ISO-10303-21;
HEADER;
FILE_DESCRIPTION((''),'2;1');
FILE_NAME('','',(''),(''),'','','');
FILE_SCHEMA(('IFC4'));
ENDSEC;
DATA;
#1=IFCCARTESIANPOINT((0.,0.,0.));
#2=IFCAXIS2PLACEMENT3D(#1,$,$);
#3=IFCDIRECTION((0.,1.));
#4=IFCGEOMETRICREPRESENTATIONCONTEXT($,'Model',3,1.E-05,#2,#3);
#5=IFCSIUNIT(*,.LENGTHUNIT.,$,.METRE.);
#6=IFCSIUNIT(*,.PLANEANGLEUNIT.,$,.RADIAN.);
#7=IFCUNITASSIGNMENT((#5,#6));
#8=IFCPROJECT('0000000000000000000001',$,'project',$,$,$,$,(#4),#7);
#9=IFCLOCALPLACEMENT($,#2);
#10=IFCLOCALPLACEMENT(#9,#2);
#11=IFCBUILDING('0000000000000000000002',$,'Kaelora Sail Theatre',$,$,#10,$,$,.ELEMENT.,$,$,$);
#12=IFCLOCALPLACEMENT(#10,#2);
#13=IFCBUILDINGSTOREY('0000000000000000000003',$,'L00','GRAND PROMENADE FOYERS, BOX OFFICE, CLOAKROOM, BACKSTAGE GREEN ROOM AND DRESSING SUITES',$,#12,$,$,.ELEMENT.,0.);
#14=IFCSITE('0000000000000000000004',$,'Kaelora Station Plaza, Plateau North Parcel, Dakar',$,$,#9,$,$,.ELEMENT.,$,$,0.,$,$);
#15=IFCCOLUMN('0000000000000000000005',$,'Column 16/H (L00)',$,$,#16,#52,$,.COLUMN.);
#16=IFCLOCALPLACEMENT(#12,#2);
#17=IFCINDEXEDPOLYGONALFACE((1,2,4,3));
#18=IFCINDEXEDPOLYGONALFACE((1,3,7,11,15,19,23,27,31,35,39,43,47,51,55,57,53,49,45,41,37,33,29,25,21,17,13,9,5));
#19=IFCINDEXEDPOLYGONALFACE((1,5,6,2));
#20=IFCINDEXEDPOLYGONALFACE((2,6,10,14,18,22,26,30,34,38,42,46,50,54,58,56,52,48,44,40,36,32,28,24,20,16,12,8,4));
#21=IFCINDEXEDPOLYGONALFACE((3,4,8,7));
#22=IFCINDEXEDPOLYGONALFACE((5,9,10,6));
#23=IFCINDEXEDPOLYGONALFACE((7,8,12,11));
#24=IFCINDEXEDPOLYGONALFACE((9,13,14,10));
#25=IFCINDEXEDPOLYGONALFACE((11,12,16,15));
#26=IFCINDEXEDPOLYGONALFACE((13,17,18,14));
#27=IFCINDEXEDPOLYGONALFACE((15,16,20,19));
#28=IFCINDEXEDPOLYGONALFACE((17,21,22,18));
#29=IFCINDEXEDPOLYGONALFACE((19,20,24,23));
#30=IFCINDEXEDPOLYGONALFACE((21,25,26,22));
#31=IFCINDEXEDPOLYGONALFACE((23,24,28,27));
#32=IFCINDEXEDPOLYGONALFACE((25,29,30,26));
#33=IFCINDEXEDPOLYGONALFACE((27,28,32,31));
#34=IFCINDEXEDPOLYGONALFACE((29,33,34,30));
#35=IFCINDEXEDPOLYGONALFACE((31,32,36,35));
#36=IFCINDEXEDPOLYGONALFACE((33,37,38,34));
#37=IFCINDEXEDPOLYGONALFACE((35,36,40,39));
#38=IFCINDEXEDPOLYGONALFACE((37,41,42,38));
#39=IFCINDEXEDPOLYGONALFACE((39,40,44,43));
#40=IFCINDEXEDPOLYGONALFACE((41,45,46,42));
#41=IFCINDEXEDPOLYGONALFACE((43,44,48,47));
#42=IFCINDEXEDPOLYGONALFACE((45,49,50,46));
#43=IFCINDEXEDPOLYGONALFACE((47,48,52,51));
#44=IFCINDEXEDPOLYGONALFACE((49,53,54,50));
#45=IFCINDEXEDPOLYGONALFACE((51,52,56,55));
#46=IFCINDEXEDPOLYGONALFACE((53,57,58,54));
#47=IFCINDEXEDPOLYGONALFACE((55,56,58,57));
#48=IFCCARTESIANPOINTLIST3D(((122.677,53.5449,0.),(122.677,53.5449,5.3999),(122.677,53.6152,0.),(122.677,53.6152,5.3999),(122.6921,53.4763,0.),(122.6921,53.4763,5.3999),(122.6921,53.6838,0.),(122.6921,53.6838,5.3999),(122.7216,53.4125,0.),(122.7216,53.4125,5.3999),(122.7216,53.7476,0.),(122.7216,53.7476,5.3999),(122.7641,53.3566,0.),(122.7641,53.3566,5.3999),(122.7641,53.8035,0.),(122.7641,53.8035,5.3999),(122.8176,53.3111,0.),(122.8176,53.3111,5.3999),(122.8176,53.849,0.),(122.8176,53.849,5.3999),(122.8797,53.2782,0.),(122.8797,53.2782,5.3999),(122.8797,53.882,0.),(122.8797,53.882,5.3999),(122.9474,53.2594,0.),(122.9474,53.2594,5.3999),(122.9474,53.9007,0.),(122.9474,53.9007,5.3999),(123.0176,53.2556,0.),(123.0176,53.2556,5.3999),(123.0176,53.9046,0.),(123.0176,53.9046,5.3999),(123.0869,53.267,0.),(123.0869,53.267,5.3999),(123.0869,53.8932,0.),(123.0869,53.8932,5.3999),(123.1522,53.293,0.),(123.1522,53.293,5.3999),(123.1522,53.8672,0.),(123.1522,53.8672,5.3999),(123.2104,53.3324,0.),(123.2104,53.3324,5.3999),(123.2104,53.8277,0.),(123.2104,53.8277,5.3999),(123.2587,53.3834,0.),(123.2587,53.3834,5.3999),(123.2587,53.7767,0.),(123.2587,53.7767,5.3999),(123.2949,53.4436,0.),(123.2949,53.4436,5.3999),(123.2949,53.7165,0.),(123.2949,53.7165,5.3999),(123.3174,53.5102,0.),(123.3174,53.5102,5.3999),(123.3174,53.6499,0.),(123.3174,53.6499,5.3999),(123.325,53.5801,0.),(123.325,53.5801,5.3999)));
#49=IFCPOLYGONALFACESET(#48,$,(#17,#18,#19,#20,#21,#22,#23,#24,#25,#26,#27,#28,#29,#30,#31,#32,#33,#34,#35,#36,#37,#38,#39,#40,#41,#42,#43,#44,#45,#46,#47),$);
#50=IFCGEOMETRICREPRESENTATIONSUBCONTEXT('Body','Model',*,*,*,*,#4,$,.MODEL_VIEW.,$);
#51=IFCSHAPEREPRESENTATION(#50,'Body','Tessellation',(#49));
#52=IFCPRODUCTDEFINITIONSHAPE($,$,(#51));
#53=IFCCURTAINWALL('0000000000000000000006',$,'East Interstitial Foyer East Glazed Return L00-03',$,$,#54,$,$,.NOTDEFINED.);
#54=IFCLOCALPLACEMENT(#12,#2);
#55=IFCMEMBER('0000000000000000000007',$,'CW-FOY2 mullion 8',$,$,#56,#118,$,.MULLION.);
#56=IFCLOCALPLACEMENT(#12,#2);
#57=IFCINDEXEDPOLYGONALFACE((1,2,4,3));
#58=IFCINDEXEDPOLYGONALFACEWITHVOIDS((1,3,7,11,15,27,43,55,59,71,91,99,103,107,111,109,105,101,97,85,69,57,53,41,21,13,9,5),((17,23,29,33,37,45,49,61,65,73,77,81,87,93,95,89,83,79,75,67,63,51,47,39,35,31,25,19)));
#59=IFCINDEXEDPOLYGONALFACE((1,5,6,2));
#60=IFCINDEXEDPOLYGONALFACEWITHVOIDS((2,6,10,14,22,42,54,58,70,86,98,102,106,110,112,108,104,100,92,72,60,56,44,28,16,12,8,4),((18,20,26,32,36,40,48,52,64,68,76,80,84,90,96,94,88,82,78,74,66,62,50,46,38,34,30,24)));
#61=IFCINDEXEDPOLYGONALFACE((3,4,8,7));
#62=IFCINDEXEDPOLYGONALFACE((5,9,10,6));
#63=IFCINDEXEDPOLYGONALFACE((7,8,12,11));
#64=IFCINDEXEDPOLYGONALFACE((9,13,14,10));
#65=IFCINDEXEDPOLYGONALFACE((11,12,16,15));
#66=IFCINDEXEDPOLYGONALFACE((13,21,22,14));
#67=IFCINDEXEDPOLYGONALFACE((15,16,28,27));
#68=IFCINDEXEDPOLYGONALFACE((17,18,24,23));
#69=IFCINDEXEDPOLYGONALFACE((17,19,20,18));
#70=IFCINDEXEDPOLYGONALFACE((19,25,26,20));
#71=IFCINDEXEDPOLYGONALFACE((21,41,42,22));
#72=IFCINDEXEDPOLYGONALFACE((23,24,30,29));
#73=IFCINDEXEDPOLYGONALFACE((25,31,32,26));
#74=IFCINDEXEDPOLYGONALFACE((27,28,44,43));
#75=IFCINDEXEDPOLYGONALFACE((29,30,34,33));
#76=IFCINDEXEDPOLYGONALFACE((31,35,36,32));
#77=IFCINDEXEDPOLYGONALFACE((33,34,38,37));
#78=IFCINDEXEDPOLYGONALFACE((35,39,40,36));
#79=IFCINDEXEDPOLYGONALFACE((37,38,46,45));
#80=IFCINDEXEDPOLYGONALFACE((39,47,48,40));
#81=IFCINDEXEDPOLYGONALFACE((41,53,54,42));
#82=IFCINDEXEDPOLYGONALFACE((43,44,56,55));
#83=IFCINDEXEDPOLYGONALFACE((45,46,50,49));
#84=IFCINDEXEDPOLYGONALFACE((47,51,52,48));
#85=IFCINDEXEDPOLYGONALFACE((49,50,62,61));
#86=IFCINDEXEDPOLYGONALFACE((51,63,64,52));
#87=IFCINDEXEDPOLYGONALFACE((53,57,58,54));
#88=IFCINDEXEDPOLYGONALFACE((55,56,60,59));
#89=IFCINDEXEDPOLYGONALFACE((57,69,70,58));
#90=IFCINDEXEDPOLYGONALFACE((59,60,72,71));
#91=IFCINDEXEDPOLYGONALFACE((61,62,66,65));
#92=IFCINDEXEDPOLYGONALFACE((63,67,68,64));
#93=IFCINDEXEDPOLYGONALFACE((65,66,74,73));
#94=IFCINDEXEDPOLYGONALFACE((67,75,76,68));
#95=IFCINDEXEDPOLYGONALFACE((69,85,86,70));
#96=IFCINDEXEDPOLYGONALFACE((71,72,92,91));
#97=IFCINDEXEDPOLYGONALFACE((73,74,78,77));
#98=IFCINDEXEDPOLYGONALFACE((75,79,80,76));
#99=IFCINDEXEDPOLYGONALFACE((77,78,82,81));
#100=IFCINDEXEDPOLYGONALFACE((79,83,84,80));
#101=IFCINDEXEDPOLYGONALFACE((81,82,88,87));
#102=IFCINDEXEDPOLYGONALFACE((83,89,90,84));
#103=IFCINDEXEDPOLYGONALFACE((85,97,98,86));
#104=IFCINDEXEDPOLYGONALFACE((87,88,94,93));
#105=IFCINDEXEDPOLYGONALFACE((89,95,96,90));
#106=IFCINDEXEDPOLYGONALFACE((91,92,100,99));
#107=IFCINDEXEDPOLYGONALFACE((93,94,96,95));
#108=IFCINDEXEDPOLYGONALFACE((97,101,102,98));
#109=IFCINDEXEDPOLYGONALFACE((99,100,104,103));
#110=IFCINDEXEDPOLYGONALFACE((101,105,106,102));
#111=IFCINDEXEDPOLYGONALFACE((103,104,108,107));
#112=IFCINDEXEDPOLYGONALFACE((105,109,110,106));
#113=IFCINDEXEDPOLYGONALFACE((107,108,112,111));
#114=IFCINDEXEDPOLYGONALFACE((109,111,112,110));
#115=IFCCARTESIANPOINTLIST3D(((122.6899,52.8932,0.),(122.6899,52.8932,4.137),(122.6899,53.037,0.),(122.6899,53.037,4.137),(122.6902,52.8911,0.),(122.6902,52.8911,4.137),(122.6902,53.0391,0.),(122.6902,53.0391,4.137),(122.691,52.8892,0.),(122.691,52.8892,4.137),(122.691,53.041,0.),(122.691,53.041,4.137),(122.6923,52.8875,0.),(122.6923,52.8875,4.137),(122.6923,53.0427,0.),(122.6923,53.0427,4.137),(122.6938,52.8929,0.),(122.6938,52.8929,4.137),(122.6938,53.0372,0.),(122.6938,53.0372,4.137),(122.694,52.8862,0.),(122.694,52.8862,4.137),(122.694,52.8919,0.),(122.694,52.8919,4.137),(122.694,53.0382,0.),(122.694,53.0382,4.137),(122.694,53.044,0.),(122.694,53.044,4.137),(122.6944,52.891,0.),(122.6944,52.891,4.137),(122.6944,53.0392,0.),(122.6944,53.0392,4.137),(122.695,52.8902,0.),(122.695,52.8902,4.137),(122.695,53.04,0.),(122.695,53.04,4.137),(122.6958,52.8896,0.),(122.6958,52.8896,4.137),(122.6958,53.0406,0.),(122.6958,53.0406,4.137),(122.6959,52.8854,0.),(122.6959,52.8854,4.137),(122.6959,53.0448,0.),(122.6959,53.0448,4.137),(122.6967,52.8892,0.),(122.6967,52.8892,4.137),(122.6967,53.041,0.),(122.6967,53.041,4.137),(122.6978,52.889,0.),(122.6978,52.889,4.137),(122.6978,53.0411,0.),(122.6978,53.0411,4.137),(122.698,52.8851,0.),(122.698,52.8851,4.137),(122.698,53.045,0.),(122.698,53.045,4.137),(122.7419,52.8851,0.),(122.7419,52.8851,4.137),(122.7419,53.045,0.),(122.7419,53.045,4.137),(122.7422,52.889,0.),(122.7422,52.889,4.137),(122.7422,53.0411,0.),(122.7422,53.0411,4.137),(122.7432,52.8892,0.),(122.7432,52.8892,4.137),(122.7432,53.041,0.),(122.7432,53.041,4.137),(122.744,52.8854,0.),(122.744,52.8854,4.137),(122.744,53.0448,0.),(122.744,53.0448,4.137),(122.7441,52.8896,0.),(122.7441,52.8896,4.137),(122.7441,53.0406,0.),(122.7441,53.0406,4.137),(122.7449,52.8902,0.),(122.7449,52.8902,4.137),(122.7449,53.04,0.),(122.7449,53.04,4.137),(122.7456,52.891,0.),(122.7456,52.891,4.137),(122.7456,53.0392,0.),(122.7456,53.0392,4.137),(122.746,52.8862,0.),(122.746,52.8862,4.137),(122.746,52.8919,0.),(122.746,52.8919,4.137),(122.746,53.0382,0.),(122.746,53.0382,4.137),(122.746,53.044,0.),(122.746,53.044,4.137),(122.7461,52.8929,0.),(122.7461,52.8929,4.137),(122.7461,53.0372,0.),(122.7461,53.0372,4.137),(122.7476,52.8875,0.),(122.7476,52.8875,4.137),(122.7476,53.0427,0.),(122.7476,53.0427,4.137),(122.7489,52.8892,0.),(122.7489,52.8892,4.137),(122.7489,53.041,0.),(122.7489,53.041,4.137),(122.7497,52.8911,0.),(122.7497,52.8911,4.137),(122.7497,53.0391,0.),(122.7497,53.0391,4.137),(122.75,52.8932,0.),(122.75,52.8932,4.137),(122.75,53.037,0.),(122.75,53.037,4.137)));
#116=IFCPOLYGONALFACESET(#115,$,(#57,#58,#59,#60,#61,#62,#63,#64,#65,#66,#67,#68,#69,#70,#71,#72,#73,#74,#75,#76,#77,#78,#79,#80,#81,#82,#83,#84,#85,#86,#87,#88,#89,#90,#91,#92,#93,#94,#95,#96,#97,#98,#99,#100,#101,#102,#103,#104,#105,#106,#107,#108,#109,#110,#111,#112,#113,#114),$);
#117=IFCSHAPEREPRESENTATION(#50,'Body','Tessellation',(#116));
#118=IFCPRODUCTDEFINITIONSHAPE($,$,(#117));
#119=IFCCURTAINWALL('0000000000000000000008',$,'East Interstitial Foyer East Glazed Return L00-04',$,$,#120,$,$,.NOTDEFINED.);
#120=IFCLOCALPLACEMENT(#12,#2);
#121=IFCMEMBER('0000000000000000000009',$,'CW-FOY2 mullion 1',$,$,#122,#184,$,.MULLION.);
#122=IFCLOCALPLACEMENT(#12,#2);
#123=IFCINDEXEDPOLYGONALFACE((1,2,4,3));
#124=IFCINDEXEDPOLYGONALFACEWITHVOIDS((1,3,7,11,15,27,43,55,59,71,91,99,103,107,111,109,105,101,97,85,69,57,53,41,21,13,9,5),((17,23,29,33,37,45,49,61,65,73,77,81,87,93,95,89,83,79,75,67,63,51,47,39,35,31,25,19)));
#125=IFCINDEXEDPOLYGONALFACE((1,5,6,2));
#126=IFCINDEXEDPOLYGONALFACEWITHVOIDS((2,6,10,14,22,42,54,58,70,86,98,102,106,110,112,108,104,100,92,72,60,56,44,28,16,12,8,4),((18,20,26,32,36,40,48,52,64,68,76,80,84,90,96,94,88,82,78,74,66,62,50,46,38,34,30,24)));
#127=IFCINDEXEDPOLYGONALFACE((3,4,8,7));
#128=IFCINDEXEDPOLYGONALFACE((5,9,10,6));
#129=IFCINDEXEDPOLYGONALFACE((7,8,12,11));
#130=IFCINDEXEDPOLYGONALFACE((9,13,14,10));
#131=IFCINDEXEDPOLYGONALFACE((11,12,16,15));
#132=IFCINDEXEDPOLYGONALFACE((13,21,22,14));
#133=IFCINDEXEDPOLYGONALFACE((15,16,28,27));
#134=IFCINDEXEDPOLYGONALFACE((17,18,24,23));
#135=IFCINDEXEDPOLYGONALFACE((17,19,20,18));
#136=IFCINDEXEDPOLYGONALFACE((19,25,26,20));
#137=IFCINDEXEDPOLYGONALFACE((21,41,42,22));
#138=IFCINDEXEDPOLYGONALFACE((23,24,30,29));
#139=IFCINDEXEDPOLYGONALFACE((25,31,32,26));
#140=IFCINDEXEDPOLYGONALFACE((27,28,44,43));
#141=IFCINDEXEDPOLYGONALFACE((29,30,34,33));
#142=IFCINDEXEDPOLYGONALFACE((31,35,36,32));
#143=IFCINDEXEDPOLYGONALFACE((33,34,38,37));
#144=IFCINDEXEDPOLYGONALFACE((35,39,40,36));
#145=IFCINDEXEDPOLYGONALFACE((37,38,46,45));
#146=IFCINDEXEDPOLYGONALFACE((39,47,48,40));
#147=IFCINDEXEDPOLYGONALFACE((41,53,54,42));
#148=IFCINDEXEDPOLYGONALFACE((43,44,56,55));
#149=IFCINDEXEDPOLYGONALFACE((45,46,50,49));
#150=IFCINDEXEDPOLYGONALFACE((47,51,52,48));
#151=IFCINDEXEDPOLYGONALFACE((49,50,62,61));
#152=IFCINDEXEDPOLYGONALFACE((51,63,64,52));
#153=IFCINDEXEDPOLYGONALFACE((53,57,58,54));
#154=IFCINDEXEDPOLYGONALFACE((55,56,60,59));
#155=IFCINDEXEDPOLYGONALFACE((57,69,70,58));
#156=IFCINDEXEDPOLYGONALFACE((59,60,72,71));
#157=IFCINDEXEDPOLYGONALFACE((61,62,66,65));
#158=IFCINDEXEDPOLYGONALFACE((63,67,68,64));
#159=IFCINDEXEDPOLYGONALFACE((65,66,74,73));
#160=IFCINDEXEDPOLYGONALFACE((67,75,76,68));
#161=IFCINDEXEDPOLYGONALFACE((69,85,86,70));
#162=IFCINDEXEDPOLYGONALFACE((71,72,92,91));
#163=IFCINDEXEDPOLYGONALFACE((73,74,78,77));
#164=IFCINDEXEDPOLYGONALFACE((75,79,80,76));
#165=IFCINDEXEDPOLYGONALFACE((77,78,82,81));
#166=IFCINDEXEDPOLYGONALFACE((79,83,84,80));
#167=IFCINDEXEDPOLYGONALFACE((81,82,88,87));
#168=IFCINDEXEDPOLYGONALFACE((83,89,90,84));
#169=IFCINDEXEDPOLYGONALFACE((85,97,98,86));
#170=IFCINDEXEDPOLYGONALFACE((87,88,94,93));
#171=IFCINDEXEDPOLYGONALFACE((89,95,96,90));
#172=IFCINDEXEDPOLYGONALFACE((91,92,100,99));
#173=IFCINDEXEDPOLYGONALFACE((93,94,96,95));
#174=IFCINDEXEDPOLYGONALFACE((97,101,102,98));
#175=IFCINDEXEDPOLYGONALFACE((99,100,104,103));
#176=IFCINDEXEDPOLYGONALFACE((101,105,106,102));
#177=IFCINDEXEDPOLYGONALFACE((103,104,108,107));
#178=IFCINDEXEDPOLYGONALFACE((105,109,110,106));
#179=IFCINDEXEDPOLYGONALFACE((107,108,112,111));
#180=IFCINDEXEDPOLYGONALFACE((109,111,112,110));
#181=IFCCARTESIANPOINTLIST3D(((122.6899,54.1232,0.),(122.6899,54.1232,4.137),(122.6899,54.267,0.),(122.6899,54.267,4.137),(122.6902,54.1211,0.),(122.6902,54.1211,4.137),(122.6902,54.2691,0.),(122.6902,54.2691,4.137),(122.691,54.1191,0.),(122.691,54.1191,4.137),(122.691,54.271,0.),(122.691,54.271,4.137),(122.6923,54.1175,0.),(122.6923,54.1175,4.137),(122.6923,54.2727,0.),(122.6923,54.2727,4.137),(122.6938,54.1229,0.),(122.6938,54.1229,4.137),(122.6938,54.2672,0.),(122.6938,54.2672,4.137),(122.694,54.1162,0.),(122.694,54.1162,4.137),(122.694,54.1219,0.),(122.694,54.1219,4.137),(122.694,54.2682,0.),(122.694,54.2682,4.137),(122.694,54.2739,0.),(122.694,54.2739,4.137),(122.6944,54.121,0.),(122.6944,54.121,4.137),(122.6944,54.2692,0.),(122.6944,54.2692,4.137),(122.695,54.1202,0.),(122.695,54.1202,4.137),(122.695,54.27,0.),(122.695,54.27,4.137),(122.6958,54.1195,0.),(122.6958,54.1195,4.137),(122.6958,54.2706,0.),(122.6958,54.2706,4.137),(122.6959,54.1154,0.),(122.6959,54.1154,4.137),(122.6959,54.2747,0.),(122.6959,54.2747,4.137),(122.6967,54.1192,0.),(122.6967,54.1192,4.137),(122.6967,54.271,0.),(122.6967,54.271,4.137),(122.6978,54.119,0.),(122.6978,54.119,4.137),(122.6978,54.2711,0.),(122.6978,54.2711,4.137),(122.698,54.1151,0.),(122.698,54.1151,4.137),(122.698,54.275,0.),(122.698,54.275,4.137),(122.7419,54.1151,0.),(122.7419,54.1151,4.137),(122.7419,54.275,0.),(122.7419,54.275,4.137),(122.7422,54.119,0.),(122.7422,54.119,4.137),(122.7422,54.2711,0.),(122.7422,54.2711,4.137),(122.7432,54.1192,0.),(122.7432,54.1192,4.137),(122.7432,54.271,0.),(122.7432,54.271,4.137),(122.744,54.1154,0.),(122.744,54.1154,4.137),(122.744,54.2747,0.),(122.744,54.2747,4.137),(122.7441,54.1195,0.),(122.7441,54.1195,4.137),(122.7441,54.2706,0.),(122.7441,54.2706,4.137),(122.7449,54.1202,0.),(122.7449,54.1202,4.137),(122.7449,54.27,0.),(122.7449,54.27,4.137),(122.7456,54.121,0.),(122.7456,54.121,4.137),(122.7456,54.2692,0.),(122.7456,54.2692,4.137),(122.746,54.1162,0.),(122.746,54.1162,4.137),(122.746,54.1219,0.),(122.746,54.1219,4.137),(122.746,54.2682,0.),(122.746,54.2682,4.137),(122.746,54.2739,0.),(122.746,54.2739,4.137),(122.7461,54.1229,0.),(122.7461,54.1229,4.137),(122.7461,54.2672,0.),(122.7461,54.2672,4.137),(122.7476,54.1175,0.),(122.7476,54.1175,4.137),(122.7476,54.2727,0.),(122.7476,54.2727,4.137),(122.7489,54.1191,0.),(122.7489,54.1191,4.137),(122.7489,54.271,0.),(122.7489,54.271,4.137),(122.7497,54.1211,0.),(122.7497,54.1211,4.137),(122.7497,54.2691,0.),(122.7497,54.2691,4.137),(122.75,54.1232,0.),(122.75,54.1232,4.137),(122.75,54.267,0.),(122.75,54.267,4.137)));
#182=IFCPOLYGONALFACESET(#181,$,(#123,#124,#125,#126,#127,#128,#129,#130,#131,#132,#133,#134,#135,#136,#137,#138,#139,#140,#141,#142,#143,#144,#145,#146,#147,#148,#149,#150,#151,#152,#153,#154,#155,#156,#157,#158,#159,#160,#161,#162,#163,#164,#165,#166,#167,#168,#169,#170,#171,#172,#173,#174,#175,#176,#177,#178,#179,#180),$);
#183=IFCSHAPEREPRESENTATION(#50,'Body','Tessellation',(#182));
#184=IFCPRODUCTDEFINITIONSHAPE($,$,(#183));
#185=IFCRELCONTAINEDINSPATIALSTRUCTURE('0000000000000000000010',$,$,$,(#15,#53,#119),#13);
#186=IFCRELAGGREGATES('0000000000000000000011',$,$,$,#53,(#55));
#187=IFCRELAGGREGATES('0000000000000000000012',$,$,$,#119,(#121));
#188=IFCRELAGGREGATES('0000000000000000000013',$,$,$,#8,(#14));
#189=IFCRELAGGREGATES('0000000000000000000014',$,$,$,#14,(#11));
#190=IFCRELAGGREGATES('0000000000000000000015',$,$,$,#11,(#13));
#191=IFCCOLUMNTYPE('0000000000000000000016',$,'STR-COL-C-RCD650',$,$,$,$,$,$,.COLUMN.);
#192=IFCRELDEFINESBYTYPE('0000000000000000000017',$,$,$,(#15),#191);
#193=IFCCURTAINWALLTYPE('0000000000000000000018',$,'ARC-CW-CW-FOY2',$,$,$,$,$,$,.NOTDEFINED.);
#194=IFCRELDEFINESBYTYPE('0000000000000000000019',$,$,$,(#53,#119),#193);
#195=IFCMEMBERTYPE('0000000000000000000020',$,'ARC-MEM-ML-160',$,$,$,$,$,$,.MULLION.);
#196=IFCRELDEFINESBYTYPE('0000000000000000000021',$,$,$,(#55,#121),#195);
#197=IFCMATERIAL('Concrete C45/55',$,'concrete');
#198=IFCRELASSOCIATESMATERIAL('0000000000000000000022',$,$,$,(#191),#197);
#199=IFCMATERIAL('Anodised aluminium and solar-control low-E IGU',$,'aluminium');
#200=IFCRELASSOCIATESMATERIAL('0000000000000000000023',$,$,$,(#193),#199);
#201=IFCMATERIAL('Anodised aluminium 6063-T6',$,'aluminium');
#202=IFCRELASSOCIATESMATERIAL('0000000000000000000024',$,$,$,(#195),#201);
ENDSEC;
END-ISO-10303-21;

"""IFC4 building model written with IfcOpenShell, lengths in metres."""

from ifc_helpers import new_model, si_unit, direction, frame, origin, origin_2d, place, context, subcontext, project, spatial, hollow_rectangle, circle, extrude, material, material_profile, profile_set, type_object, element, aggregate, save


model = new_model("IFC4")

# Units and contexts
model_context = context("Model", 3, precision=1e-05, world=origin(), true_north=direction((0.0, 1.0)))
body_context = subcontext(model_context, "Body", "Model", "MODEL_VIEW")
ifc_project = project(units=[si_unit("LENGTHUNIT", "METRE"), si_unit("PLANEANGLEUNIT", "RADIAN")], contexts=[model_context])

# Site, building, storey
site_placement = place(None, origin())
site = spatial("IfcSite", under=ifc_project, at=site_placement, Name="Kaelora Station Plaza, Plateau North Parcel, Dakar", CompositionType="ELEMENT", RefElevation=0.0)
building_placement = place(site_placement, origin())
building = spatial("IfcBuilding", under=site, at=building_placement, Name="Kaelora Sail Theatre", CompositionType="ELEMENT")
storey_placement = place(building_placement, origin())
storey = spatial("IfcBuildingStorey", under=building, at=storey_placement, Name="L00", Description="GRAND PROMENADE FOYERS, BOX OFFICE, CLOAKROOM, BACKSTAGE GREEN ROOM AND DRESSING SUITES", CompositionType="ELEMENT", Elevation=0.0)

# Column
ifc_material_1 = material(Name="Concrete C45/55", Category="concrete")
ifc_material_profile_1 = material_profile(ifc_material_1, circle(Radius=0.325, at=origin_2d()), Name="RC-CCOL D650")
ifc_profile_set_1 = profile_set([ifc_material_profile_1], Name="Concrete C45/55")
column_type = type_object("IfcColumnType", Name="STR-COL-C-RCD650", PredefinedType="COLUMN", material=ifc_profile_set_1)
column_placement = place(storey_placement, frame((123.0, 53.5801, 0.0), z_axis=(0.0, 0.0, 1.0), x_axis=(1.0, 0.0, 0.0)))
element("IfcColumn", 1, at=column_placement, inside=storey, type_object=column_type, Name="Column 16/H (L00)", PredefinedType="COLUMN", context=body_context, shape_type="SweptSolid", body=[
    extrude(circle(Radius=0.325, at=origin_2d()), origin(), (0.0, 0.0, 1.0), 5.3999),
])

# Curtain wall, member
ifc_material_2 = material(Name="Anodised aluminium and solar-control low-E IGU", Category="aluminium")
curtain_wall_type = type_object("IfcCurtainWallType", Name="ARC-CW-CW-FOY2", PredefinedType="NOTDEFINED", material=ifc_material_2)
curtain_wall_1_placement = place(storey_placement, origin())
curtain_wall_1 = element("IfcCurtainWall", 2, at=curtain_wall_1_placement, inside=storey, type_object=curtain_wall_type, Name="East Interstitial Foyer East Glazed Return L00-03", PredefinedType="NOTDEFINED")
ifc_material_3 = material(Name="Anodised aluminium 6063-T6", Category="aluminium")
ifc_material_profile_2 = material_profile(ifc_material_3, hollow_rectangle(XDim=0.0601, YDim=0.1599, WallThickness=0.0039, InnerFilletRadius=0.0039, OuterFilletRadius=0.0081, at=origin_2d()), Name="ALU-MULL 60x160x4")
ifc_profile_set_2 = profile_set([ifc_material_profile_2], Name="Anodised aluminium 6063-T6")
member_type_1 = type_object("IfcMemberType", Name="ARC-MEM-ML-160", PredefinedType="MULLION", material=ifc_profile_set_2)
member_1_placement = place(storey_placement, frame((122.72, 52.9651, 0.0), z_axis=(0.0, 0.0, 1.0), x_axis=(-1.0, 0.0, 0.0)))
member_1 = element("IfcMember", 3, at=member_1_placement, type_object=member_type_1, Name="CW-FOY2 mullion 8", PredefinedType="MULLION", context=body_context, shape_type="SweptSolid", body=[
    extrude(hollow_rectangle(XDim=0.0601, YDim=0.1599, WallThickness=0.0039, InnerFilletRadius=0.0039, OuterFilletRadius=0.0081, at=origin_2d()), origin(), (0.0, 0.0, 1.0), 4.137),
])

# Curtain wall, member
curtain_wall_2_placement = place(storey_placement, origin())
curtain_wall_2 = element("IfcCurtainWall", 4, at=curtain_wall_2_placement, inside=storey, type_object=curtain_wall_type, Name="East Interstitial Foyer East Glazed Return L00-04", PredefinedType="NOTDEFINED")
member_2_placement = place(storey_placement, frame((122.72, 54.1951, 0.0), z_axis=(0.0, 0.0, 1.0), x_axis=(-1.0, 0.0, 0.0)))
member_2 = element("IfcMember", 5, at=member_2_placement, type_object=member_type_1, Name="CW-FOY2 mullion 1", PredefinedType="MULLION", context=body_context, shape_type="SweptSolid", body=[
    extrude(hollow_rectangle(XDim=0.0601, YDim=0.1599, WallThickness=0.0039, InnerFilletRadius=0.0039, OuterFilletRadius=0.0081, at=origin_2d()), origin(), (0.0, 0.0, 1.0), 4.137),
])

aggregate(curtain_wall_1, [member_1])
aggregate(curtain_wall_2, [member_2])

save(model, "model.ifc")
